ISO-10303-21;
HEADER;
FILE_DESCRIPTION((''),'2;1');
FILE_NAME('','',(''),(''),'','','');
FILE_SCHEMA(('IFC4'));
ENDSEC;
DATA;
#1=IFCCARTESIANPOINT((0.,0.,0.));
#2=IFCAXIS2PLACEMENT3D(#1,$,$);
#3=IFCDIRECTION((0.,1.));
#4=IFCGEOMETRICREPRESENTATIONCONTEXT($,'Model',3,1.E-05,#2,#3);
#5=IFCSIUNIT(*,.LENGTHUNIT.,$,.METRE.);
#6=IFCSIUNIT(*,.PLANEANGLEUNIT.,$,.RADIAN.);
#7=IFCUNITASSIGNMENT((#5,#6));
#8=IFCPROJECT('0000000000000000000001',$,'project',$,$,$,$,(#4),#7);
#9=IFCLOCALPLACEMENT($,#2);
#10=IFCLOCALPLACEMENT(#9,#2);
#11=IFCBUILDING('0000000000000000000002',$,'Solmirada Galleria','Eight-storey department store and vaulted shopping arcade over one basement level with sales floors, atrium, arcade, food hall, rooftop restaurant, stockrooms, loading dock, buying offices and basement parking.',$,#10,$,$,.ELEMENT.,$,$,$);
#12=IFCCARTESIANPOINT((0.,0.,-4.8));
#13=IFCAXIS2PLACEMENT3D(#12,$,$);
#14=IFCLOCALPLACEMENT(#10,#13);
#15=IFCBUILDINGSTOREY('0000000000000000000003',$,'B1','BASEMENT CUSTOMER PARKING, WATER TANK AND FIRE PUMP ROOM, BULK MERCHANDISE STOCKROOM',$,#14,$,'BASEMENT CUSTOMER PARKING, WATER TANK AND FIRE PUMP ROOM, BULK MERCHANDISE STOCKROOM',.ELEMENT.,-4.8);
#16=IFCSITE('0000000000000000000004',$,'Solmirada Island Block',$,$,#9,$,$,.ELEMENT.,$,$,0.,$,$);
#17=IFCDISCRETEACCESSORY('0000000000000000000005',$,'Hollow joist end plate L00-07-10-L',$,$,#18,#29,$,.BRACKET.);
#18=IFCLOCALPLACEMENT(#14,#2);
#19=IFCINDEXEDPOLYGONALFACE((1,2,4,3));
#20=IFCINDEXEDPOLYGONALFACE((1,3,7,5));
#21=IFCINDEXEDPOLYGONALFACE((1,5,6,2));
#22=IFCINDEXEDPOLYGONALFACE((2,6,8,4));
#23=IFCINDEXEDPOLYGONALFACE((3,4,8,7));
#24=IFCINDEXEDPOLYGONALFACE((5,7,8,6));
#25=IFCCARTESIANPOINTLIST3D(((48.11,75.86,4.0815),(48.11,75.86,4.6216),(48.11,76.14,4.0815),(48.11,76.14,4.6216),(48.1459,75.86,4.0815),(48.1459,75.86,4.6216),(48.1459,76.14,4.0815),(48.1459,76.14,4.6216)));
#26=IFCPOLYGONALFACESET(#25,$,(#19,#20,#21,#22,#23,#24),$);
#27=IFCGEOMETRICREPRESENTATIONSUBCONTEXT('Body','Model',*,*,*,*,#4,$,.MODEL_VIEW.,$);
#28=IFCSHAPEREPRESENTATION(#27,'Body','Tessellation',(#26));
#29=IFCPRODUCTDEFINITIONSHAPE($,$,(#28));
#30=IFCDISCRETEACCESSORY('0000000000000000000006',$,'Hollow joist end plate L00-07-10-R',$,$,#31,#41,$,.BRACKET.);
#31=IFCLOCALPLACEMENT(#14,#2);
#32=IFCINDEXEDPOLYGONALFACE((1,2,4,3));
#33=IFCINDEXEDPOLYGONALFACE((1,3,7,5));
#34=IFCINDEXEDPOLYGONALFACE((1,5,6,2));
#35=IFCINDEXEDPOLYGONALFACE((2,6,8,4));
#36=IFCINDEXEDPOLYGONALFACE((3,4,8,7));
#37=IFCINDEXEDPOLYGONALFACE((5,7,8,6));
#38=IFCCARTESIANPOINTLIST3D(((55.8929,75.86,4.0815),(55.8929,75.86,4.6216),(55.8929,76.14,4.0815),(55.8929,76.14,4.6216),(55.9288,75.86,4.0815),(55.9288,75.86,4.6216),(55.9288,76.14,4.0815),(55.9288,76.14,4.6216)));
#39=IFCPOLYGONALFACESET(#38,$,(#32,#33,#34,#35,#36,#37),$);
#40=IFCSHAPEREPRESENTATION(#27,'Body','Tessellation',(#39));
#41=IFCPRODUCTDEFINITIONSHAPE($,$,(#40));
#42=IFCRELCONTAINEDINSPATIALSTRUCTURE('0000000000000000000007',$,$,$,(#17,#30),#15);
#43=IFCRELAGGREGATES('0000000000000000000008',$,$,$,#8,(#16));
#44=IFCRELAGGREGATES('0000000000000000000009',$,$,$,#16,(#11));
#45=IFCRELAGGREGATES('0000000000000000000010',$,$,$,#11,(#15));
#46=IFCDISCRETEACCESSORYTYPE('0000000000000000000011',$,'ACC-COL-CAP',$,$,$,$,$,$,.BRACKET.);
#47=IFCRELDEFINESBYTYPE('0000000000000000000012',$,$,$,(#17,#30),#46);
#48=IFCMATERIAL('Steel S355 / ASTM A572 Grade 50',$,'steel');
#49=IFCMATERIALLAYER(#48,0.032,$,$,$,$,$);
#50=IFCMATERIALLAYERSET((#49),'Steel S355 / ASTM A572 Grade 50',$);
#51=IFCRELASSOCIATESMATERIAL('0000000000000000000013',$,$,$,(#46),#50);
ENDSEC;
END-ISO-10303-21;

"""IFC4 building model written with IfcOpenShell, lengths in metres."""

from ifc_helpers import new_model, si_unit, direction, frame, origin, origin_2d, place, context, subcontext, project, spatial, rectangle, extrude, material, layer, layer_set, type_object, element, save


model = new_model("IFC4")

# Units and contexts
model_context = context("Model", 3, precision=1e-05, world=origin(), true_north=direction((0.0, 1.0)))
body_context = subcontext(model_context, "Body", "Model", "MODEL_VIEW")
ifc_project = project(units=[si_unit("LENGTHUNIT", "METRE"), si_unit("PLANEANGLEUNIT", "RADIAN")], contexts=[model_context])

# Site, building, storey
site_placement = place(None, origin())
site = spatial("IfcSite", under=ifc_project, at=site_placement, Name="Solmirada Island Block", CompositionType="ELEMENT", RefElevation=0.0)
building_placement = place(site_placement, origin())
building = spatial("IfcBuilding", under=site, at=building_placement, Name="Solmirada Galleria", Description="Eight-storey department store and vaulted shopping arcade over one basement level with sales floors, atrium, arcade, food hall, rooftop restaurant, stockrooms, loading dock, buying offices and basement parking.", CompositionType="ELEMENT")
storey_placement = place(building_placement, frame((0.0, 0.0, -4.8)))
storey = spatial("IfcBuildingStorey", under=building, at=storey_placement, Name="B1", Description="BASEMENT CUSTOMER PARKING, WATER TANK AND FIRE PUMP ROOM, BULK MERCHANDISE STOCKROOM", LongName="BASEMENT CUSTOMER PARKING, WATER TANK AND FIRE PUMP ROOM, BULK MERCHANDISE STOCKROOM", CompositionType="ELEMENT", Elevation=-4.8)

# Discrete accessories
ifc_material_1 = material(Name="Steel S355 / ASTM A572 Grade 50", Category="steel")
ifc_layer_1 = layer(ifc_material_1, 0.032)
ifc_layer_set_1 = layer_set([ifc_layer_1], Name="Steel S355 / ASTM A572 Grade 50")
discrete_accessory_type = type_object("IfcDiscreteAccessoryType", Name="ACC-COL-CAP", PredefinedType="BRACKET", material=ifc_layer_set_1)
for number, where, z_axis, x_axis, name in (
    (1, (48.1279, 76.0, 4.0815), (0.0, 0.0, 1.0), (1.0, 0.0, 0.0), "Hollow joist end plate L00-07-10-L"),
    (2, (55.9109, 76.0, 4.0815), (0.0, 0.0, 1.0), (1.0, 0.0, 0.0), "Hollow joist end plate L00-07-10-R"),
):
    element("IfcDiscreteAccessory", number, at=place(storey_placement, frame(where, z_axis=z_axis, x_axis=x_axis)), inside=storey, type_object=discrete_accessory_type, Name=name, PredefinedType="BRACKET", context=body_context, shape_type="SweptSolid", body=[
        extrude(rectangle(XDim=0.0359, YDim=0.28, at=origin_2d()), origin(), (0.0, 0.0, 1.0), 0.54),
    ])

save(model, "model.ifc")
